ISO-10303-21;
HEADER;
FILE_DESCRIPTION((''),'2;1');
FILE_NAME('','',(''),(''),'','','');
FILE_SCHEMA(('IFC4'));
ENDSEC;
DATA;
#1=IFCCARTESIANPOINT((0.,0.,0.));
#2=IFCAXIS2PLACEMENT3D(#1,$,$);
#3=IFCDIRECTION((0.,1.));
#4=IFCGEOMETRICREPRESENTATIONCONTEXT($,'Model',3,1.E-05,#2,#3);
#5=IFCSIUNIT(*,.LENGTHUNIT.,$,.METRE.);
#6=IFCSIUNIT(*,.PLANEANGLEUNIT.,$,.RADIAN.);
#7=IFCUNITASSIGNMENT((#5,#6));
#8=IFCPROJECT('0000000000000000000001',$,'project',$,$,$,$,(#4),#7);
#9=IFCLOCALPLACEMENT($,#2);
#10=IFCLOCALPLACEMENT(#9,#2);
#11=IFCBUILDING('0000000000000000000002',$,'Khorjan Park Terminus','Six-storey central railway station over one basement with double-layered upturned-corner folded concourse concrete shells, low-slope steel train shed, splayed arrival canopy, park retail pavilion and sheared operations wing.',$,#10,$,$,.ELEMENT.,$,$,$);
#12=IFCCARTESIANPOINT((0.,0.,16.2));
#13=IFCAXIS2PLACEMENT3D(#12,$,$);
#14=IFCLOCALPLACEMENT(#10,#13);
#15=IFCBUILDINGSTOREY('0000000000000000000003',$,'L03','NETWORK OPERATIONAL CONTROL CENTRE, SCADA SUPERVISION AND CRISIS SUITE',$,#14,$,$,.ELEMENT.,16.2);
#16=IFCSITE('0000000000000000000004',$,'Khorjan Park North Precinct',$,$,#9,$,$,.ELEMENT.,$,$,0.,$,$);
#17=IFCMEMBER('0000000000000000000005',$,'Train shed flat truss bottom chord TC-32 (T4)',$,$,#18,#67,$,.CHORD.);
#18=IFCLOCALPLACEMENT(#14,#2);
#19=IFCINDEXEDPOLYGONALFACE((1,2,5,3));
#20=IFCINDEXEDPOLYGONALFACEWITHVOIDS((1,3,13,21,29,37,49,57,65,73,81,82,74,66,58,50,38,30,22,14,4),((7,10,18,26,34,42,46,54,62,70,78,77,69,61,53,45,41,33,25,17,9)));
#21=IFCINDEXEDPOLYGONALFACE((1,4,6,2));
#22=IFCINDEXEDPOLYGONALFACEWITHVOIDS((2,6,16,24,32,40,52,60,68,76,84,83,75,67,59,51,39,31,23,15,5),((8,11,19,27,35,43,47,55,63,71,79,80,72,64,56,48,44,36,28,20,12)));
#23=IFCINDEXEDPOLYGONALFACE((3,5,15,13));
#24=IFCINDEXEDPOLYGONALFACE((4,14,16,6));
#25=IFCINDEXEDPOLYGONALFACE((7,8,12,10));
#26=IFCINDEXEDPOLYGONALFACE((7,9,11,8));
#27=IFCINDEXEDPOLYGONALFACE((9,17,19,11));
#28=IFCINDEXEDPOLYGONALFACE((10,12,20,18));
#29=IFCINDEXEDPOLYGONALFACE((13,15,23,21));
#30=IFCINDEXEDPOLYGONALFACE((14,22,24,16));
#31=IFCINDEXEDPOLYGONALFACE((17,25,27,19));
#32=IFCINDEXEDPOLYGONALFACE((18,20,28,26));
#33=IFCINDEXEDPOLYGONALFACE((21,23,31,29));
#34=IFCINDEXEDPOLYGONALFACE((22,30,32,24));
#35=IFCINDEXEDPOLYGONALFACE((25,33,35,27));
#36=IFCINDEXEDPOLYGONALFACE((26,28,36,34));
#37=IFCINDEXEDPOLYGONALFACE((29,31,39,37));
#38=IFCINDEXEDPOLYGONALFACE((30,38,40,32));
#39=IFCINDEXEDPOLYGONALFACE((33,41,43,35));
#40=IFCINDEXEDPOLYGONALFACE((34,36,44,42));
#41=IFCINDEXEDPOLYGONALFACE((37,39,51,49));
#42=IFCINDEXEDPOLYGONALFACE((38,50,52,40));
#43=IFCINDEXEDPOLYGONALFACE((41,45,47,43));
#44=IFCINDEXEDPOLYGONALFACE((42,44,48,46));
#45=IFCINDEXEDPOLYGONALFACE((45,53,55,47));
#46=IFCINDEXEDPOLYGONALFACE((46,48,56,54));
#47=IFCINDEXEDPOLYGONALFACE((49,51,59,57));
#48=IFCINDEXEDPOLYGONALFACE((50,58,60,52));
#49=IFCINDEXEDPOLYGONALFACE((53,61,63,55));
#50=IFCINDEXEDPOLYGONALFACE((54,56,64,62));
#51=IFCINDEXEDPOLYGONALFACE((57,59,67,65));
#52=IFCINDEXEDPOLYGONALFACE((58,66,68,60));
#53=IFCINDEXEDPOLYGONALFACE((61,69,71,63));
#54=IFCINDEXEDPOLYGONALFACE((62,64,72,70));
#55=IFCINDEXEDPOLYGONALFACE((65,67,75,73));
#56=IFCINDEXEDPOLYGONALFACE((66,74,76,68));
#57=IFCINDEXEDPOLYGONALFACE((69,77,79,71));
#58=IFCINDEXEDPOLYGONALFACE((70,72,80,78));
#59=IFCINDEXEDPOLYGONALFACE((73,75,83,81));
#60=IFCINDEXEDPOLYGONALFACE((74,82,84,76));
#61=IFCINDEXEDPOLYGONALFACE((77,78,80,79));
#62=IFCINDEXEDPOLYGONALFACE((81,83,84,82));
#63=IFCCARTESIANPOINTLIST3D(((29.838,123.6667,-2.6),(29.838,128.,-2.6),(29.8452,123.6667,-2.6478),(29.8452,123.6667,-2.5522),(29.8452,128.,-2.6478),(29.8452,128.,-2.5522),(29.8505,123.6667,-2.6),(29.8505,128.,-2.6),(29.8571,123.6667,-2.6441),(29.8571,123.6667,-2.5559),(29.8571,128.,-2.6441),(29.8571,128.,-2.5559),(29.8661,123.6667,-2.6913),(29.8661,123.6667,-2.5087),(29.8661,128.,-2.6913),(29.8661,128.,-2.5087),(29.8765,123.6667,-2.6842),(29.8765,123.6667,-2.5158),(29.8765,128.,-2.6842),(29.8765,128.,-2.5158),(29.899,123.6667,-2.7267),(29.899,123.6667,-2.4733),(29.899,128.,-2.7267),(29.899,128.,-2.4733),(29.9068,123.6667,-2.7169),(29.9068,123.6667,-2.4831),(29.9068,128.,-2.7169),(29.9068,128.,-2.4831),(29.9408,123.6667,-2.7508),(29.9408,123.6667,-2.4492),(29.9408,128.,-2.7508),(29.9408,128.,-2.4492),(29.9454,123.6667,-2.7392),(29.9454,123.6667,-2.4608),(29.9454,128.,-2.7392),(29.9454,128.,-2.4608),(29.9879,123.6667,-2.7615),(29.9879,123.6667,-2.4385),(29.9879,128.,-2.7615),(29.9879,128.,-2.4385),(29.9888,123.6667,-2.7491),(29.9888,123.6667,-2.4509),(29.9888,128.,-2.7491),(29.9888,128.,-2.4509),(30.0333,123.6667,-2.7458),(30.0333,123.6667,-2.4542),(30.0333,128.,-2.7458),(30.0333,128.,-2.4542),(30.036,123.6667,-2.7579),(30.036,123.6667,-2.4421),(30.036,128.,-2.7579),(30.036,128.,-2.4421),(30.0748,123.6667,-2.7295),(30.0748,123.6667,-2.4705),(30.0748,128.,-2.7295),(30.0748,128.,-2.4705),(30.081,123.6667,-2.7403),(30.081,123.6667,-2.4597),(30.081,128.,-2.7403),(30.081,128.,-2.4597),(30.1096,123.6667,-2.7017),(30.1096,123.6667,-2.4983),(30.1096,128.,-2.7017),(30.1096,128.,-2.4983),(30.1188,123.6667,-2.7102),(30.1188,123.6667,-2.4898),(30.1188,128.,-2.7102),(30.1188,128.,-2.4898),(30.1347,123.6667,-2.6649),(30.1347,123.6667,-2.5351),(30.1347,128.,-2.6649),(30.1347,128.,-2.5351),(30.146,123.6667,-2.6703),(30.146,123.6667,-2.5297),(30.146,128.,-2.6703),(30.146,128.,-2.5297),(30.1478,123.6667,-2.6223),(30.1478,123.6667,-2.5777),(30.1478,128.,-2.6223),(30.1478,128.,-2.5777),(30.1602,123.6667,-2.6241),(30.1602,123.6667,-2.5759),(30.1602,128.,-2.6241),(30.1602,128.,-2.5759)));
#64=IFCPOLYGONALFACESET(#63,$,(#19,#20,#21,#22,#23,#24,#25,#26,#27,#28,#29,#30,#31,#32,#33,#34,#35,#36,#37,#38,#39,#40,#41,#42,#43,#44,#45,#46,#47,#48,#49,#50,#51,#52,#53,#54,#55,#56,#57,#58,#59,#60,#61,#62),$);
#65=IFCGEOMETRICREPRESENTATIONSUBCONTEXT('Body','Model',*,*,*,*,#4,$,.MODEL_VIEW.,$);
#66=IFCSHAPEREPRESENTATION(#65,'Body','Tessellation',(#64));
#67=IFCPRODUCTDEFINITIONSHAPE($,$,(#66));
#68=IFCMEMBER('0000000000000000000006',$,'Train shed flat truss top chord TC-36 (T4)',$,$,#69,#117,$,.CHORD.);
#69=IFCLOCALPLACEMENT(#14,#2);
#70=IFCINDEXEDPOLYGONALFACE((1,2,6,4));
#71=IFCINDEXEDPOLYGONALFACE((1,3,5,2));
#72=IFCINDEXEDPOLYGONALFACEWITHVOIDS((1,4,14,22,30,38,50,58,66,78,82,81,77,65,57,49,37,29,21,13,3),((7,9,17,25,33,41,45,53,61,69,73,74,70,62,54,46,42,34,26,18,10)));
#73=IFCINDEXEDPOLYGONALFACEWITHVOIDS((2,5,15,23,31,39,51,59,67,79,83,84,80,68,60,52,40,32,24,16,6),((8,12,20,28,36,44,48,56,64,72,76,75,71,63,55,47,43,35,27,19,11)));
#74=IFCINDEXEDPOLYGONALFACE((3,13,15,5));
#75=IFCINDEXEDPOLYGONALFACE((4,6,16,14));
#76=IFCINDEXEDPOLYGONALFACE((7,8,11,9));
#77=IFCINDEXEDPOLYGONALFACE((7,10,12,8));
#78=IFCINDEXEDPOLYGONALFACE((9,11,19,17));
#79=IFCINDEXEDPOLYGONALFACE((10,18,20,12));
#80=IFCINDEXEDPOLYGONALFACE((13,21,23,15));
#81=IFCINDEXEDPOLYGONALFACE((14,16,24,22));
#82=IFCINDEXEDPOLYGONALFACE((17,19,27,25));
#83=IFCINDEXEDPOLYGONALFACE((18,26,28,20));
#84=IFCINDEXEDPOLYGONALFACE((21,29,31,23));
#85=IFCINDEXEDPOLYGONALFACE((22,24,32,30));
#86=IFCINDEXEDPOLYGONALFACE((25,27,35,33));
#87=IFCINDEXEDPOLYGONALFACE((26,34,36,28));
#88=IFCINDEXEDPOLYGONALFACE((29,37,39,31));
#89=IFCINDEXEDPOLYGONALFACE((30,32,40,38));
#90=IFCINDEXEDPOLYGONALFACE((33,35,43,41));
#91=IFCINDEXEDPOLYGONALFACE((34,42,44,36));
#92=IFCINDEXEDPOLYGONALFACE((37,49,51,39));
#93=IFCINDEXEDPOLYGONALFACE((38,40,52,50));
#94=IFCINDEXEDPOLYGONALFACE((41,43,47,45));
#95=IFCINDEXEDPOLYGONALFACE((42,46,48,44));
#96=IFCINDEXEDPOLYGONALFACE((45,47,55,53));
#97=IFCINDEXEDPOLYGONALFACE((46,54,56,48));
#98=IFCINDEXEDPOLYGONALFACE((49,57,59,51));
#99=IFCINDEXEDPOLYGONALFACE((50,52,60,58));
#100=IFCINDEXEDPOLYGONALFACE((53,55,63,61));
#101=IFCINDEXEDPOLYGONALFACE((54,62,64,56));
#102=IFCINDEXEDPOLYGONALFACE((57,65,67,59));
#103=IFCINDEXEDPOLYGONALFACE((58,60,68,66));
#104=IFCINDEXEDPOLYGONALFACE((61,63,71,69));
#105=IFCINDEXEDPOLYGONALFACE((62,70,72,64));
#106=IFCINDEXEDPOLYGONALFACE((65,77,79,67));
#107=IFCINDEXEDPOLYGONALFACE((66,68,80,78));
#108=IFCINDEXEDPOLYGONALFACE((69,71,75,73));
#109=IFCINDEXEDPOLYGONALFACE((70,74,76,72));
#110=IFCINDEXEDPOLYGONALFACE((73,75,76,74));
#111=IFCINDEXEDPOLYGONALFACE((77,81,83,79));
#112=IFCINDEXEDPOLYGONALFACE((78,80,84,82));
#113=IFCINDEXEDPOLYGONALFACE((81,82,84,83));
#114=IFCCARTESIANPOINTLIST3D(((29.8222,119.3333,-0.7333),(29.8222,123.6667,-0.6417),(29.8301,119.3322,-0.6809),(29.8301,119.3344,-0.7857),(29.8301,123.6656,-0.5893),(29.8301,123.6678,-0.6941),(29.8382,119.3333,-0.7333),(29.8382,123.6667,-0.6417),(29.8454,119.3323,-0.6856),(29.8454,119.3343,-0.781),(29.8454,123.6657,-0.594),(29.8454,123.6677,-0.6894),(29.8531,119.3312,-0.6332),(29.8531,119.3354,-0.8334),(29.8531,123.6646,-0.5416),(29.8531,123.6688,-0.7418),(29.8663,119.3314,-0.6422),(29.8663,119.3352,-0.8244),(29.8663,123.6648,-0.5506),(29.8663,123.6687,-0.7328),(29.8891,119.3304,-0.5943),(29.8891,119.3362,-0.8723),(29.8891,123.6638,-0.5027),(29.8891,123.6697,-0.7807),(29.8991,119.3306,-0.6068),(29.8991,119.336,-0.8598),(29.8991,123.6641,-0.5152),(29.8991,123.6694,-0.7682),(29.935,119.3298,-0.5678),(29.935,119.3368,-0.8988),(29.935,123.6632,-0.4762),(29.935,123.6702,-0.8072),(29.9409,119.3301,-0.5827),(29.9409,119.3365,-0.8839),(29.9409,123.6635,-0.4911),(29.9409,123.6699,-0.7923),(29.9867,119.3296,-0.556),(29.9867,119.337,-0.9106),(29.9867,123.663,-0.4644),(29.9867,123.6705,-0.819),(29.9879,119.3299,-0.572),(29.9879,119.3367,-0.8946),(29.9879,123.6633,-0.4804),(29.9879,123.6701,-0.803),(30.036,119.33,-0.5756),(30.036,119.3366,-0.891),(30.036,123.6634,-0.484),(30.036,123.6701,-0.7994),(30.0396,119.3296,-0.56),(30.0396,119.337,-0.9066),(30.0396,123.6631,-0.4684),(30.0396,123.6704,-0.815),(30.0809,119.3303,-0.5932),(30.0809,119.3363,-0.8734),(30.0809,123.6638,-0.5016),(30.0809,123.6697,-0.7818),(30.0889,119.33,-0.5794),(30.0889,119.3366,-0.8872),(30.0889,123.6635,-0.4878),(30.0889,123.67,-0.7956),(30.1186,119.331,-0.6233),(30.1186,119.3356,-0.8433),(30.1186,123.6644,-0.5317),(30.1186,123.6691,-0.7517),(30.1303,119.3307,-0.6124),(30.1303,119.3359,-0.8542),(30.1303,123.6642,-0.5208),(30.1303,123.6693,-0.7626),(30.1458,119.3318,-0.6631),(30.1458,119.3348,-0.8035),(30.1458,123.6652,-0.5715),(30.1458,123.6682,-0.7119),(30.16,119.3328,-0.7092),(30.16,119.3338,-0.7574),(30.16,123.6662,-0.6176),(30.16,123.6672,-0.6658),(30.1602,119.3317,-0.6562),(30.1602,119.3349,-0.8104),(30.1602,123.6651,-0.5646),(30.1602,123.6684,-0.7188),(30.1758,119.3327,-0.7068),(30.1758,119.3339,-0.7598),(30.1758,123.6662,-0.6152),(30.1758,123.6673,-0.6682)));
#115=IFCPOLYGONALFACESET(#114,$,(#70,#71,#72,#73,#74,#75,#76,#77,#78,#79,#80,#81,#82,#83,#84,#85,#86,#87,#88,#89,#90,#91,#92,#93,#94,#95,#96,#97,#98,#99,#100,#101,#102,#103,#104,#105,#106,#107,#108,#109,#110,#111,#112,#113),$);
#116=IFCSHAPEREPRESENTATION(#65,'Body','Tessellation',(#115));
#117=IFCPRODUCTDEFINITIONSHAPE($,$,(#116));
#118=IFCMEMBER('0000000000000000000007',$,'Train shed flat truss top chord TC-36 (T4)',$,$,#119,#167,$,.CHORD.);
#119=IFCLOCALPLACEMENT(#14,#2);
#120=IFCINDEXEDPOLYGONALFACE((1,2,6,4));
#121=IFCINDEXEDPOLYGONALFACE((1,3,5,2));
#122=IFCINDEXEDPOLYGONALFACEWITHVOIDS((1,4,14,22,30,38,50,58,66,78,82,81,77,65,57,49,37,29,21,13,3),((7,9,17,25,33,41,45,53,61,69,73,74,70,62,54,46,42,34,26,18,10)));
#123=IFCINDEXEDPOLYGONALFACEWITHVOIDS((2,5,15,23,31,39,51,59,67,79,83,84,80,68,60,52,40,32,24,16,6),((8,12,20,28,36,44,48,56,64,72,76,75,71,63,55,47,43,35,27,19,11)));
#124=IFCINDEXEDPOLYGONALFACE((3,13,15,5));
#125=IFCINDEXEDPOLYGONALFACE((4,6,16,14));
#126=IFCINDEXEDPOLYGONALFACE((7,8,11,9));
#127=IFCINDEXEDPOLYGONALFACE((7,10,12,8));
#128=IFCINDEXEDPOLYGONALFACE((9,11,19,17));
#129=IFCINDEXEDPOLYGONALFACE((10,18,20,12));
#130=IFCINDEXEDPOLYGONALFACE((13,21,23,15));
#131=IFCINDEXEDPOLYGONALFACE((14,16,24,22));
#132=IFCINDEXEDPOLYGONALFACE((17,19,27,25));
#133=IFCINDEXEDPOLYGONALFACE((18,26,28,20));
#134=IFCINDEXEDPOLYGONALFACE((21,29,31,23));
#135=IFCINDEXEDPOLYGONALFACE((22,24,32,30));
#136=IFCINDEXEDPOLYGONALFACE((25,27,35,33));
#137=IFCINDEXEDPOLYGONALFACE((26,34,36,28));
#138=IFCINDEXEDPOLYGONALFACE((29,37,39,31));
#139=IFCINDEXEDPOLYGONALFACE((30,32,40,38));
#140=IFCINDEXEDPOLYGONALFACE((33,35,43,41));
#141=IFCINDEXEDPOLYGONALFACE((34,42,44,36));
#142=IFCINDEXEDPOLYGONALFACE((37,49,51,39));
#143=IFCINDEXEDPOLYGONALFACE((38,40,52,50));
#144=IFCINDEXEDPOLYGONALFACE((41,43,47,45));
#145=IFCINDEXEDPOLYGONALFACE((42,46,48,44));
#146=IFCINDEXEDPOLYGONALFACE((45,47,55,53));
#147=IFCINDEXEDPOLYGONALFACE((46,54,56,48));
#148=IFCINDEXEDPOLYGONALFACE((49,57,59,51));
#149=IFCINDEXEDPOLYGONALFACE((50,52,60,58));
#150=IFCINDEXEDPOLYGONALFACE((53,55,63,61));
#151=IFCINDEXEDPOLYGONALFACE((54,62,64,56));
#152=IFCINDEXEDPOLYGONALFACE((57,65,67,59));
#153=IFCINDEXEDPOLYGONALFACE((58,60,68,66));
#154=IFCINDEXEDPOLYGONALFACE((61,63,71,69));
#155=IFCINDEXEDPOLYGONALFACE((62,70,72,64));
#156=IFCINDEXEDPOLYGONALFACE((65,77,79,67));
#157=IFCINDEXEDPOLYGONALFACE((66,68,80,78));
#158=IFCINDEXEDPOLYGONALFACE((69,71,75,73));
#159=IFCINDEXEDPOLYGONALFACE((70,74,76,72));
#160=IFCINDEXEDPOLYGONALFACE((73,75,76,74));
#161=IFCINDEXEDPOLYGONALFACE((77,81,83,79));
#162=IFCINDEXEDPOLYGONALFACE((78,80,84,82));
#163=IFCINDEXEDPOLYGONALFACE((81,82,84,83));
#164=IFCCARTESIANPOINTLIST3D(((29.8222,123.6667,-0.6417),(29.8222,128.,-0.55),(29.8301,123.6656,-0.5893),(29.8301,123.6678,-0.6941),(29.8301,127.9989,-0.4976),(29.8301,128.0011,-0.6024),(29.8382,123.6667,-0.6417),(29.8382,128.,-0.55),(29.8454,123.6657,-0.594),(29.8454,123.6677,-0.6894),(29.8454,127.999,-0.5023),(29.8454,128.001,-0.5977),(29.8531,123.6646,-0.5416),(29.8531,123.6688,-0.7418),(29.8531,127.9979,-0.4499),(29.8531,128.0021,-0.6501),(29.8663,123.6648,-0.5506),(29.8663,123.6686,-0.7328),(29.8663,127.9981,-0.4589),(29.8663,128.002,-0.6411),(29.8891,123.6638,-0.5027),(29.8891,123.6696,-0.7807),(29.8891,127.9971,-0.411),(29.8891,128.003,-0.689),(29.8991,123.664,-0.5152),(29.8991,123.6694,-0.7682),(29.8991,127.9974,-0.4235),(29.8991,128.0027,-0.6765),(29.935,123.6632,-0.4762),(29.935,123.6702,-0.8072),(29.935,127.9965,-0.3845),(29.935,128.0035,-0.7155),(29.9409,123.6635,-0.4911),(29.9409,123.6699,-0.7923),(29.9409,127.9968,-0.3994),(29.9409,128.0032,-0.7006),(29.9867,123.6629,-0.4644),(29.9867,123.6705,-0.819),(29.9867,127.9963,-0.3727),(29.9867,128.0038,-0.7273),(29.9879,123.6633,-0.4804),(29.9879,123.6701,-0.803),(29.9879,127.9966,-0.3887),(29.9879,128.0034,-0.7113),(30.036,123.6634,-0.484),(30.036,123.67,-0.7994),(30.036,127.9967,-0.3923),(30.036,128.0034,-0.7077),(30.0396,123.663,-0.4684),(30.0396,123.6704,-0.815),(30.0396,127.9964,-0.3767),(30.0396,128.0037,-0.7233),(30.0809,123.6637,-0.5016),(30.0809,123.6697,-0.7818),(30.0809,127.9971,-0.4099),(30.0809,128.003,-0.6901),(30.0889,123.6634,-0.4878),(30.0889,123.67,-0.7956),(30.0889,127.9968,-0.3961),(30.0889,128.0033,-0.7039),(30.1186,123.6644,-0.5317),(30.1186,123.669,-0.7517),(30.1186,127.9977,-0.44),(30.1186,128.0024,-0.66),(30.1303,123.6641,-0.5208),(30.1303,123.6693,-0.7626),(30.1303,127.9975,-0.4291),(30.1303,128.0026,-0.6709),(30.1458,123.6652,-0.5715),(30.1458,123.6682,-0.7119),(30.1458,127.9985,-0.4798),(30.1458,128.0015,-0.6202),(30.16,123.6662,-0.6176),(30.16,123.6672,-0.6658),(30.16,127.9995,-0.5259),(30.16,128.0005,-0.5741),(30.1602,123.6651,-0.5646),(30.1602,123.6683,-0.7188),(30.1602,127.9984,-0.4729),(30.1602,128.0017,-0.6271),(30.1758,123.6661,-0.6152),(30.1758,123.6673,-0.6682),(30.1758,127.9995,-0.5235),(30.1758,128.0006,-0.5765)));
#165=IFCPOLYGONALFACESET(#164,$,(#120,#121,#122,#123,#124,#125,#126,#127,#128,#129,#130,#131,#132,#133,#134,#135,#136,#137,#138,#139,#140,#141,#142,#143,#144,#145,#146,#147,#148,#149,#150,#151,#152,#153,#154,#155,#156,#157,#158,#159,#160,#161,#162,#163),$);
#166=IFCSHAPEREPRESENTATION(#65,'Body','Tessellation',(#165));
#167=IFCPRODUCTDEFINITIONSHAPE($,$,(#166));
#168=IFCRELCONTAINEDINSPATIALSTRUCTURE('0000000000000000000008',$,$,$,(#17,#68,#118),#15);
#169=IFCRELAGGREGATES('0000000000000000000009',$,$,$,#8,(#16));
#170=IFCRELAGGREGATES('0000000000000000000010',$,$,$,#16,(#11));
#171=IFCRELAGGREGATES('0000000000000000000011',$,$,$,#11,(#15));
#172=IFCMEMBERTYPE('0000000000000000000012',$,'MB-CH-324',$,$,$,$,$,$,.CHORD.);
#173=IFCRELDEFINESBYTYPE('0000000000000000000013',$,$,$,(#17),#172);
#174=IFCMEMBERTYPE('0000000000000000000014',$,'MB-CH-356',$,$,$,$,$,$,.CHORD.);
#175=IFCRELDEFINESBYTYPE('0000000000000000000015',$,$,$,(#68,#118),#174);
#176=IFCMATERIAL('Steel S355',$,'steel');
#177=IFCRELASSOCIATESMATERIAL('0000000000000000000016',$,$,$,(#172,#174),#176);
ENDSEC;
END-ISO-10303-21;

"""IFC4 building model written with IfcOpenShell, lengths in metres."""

from ifc_helpers import new_model, si_unit, direction, frame, origin, origin_2d, place, context, subcontext, project, spatial, hollow_circle, extrude, material, material_profile, profile_set, type_object, element, save


model = new_model("IFC4")

# Units and contexts
model_context = context("Model", 3, precision=1e-05, world=origin(), true_north=direction((0.0, 1.0)))
body_context = subcontext(model_context, "Body", "Model", "MODEL_VIEW")
ifc_project = project(units=[si_unit("LENGTHUNIT", "METRE"), si_unit("PLANEANGLEUNIT", "RADIAN")], contexts=[model_context])

# Site, building, storey
site_placement = place(None, origin())
site = spatial("IfcSite", under=ifc_project, at=site_placement, Name="Khorjan Park North Precinct", CompositionType="ELEMENT", RefElevation=0.0)
building_placement = place(site_placement, origin())
building = spatial("IfcBuilding", under=site, at=building_placement, Name="Khorjan Park Terminus", Description="Six-storey central railway station over one basement with double-layered upturned-corner folded concourse concrete shells, low-slope steel train shed, splayed arrival canopy, park retail pavilion and sheared operations wing.", CompositionType="ELEMENT")
storey_placement = place(building_placement, frame((0.0, 0.0, 16.2)))
storey = spatial("IfcBuildingStorey", under=building, at=storey_placement, Name="L03", Description="NETWORK OPERATIONAL CONTROL CENTRE, SCADA SUPERVISION AND CRISIS SUITE", CompositionType="ELEMENT", Elevation=16.2)

# Members
ifc_material = material(Name="Steel S355", Category="steel")
ifc_material_profile_1 = material_profile(ifc_material, hollow_circle(Radius=0.162, WallThickness=0.0125, at=origin_2d()), Name="CHS 323.9x12.5")
ifc_profile_set_1 = profile_set([ifc_material_profile_1], Name="Steel S355")
member_type_1 = type_object("IfcMemberType", Name="MB-CH-324", PredefinedType="CHORD", material=ifc_profile_set_1)
member_1_placement = place(storey_placement, frame((30.0, 123.6667, -2.6), z_axis=(0.0, 1.0, 0.0), x_axis=(-1.0, 0.0, 0.0)))
element("IfcMember", 1, at=member_1_placement, inside=storey, type_object=member_type_1, Name="Train shed flat truss bottom chord TC-32 (T4)", PredefinedType="CHORD", context=body_context, shape_type="SweptSolid", body=[
    extrude(hollow_circle(Radius=0.162, WallThickness=0.0125, at=origin_2d()), origin(), (0.0, 0.0, 1.0), 4.3333),
])
ifc_material_profile_2 = material_profile(ifc_material, hollow_circle(Radius=0.1778, WallThickness=0.016, at=origin_2d()), Name="CHS 355.6x16")
ifc_profile_set_2 = profile_set([ifc_material_profile_2], Name="Steel S355")
member_type_2 = type_object("IfcMemberType", Name="MB-CH-356", PredefinedType="CHORD", material=ifc_profile_set_2)
member_2_placement = place(storey_placement, frame((30.0, 119.3333, -0.7333), z_axis=(0.0, 0.999777, 0.021133), x_axis=(-1.0, 0.0, 0.0)))
element("IfcMember", 2, at=member_2_placement, inside=storey, type_object=member_type_2, Name="Train shed flat truss top chord TC-36 (T4)", PredefinedType="CHORD", context=body_context, shape_type="SweptSolid", body=[
    extrude(hollow_circle(Radius=0.1778, WallThickness=0.016, at=origin_2d()), origin(), (0.0, 0.0, 1.0), 4.3344),
])
member_3_placement = place(storey_placement, frame((30.0, 123.6667, -0.6417), z_axis=(0.0, 0.999776, 0.021157), x_axis=(-1.0, 0.0, 0.0)))
element("IfcMember", 3, at=member_3_placement, inside=storey, type_object=member_type_2, Name="Train shed flat truss top chord TC-36 (T4)", PredefinedType="CHORD", context=body_context, shape_type="SweptSolid", body=[
    extrude(hollow_circle(Radius=0.1778, WallThickness=0.016, at=origin_2d()), origin(), (0.0, 0.0, 1.0), 4.3343),
])

save(model, "model.ifc")
